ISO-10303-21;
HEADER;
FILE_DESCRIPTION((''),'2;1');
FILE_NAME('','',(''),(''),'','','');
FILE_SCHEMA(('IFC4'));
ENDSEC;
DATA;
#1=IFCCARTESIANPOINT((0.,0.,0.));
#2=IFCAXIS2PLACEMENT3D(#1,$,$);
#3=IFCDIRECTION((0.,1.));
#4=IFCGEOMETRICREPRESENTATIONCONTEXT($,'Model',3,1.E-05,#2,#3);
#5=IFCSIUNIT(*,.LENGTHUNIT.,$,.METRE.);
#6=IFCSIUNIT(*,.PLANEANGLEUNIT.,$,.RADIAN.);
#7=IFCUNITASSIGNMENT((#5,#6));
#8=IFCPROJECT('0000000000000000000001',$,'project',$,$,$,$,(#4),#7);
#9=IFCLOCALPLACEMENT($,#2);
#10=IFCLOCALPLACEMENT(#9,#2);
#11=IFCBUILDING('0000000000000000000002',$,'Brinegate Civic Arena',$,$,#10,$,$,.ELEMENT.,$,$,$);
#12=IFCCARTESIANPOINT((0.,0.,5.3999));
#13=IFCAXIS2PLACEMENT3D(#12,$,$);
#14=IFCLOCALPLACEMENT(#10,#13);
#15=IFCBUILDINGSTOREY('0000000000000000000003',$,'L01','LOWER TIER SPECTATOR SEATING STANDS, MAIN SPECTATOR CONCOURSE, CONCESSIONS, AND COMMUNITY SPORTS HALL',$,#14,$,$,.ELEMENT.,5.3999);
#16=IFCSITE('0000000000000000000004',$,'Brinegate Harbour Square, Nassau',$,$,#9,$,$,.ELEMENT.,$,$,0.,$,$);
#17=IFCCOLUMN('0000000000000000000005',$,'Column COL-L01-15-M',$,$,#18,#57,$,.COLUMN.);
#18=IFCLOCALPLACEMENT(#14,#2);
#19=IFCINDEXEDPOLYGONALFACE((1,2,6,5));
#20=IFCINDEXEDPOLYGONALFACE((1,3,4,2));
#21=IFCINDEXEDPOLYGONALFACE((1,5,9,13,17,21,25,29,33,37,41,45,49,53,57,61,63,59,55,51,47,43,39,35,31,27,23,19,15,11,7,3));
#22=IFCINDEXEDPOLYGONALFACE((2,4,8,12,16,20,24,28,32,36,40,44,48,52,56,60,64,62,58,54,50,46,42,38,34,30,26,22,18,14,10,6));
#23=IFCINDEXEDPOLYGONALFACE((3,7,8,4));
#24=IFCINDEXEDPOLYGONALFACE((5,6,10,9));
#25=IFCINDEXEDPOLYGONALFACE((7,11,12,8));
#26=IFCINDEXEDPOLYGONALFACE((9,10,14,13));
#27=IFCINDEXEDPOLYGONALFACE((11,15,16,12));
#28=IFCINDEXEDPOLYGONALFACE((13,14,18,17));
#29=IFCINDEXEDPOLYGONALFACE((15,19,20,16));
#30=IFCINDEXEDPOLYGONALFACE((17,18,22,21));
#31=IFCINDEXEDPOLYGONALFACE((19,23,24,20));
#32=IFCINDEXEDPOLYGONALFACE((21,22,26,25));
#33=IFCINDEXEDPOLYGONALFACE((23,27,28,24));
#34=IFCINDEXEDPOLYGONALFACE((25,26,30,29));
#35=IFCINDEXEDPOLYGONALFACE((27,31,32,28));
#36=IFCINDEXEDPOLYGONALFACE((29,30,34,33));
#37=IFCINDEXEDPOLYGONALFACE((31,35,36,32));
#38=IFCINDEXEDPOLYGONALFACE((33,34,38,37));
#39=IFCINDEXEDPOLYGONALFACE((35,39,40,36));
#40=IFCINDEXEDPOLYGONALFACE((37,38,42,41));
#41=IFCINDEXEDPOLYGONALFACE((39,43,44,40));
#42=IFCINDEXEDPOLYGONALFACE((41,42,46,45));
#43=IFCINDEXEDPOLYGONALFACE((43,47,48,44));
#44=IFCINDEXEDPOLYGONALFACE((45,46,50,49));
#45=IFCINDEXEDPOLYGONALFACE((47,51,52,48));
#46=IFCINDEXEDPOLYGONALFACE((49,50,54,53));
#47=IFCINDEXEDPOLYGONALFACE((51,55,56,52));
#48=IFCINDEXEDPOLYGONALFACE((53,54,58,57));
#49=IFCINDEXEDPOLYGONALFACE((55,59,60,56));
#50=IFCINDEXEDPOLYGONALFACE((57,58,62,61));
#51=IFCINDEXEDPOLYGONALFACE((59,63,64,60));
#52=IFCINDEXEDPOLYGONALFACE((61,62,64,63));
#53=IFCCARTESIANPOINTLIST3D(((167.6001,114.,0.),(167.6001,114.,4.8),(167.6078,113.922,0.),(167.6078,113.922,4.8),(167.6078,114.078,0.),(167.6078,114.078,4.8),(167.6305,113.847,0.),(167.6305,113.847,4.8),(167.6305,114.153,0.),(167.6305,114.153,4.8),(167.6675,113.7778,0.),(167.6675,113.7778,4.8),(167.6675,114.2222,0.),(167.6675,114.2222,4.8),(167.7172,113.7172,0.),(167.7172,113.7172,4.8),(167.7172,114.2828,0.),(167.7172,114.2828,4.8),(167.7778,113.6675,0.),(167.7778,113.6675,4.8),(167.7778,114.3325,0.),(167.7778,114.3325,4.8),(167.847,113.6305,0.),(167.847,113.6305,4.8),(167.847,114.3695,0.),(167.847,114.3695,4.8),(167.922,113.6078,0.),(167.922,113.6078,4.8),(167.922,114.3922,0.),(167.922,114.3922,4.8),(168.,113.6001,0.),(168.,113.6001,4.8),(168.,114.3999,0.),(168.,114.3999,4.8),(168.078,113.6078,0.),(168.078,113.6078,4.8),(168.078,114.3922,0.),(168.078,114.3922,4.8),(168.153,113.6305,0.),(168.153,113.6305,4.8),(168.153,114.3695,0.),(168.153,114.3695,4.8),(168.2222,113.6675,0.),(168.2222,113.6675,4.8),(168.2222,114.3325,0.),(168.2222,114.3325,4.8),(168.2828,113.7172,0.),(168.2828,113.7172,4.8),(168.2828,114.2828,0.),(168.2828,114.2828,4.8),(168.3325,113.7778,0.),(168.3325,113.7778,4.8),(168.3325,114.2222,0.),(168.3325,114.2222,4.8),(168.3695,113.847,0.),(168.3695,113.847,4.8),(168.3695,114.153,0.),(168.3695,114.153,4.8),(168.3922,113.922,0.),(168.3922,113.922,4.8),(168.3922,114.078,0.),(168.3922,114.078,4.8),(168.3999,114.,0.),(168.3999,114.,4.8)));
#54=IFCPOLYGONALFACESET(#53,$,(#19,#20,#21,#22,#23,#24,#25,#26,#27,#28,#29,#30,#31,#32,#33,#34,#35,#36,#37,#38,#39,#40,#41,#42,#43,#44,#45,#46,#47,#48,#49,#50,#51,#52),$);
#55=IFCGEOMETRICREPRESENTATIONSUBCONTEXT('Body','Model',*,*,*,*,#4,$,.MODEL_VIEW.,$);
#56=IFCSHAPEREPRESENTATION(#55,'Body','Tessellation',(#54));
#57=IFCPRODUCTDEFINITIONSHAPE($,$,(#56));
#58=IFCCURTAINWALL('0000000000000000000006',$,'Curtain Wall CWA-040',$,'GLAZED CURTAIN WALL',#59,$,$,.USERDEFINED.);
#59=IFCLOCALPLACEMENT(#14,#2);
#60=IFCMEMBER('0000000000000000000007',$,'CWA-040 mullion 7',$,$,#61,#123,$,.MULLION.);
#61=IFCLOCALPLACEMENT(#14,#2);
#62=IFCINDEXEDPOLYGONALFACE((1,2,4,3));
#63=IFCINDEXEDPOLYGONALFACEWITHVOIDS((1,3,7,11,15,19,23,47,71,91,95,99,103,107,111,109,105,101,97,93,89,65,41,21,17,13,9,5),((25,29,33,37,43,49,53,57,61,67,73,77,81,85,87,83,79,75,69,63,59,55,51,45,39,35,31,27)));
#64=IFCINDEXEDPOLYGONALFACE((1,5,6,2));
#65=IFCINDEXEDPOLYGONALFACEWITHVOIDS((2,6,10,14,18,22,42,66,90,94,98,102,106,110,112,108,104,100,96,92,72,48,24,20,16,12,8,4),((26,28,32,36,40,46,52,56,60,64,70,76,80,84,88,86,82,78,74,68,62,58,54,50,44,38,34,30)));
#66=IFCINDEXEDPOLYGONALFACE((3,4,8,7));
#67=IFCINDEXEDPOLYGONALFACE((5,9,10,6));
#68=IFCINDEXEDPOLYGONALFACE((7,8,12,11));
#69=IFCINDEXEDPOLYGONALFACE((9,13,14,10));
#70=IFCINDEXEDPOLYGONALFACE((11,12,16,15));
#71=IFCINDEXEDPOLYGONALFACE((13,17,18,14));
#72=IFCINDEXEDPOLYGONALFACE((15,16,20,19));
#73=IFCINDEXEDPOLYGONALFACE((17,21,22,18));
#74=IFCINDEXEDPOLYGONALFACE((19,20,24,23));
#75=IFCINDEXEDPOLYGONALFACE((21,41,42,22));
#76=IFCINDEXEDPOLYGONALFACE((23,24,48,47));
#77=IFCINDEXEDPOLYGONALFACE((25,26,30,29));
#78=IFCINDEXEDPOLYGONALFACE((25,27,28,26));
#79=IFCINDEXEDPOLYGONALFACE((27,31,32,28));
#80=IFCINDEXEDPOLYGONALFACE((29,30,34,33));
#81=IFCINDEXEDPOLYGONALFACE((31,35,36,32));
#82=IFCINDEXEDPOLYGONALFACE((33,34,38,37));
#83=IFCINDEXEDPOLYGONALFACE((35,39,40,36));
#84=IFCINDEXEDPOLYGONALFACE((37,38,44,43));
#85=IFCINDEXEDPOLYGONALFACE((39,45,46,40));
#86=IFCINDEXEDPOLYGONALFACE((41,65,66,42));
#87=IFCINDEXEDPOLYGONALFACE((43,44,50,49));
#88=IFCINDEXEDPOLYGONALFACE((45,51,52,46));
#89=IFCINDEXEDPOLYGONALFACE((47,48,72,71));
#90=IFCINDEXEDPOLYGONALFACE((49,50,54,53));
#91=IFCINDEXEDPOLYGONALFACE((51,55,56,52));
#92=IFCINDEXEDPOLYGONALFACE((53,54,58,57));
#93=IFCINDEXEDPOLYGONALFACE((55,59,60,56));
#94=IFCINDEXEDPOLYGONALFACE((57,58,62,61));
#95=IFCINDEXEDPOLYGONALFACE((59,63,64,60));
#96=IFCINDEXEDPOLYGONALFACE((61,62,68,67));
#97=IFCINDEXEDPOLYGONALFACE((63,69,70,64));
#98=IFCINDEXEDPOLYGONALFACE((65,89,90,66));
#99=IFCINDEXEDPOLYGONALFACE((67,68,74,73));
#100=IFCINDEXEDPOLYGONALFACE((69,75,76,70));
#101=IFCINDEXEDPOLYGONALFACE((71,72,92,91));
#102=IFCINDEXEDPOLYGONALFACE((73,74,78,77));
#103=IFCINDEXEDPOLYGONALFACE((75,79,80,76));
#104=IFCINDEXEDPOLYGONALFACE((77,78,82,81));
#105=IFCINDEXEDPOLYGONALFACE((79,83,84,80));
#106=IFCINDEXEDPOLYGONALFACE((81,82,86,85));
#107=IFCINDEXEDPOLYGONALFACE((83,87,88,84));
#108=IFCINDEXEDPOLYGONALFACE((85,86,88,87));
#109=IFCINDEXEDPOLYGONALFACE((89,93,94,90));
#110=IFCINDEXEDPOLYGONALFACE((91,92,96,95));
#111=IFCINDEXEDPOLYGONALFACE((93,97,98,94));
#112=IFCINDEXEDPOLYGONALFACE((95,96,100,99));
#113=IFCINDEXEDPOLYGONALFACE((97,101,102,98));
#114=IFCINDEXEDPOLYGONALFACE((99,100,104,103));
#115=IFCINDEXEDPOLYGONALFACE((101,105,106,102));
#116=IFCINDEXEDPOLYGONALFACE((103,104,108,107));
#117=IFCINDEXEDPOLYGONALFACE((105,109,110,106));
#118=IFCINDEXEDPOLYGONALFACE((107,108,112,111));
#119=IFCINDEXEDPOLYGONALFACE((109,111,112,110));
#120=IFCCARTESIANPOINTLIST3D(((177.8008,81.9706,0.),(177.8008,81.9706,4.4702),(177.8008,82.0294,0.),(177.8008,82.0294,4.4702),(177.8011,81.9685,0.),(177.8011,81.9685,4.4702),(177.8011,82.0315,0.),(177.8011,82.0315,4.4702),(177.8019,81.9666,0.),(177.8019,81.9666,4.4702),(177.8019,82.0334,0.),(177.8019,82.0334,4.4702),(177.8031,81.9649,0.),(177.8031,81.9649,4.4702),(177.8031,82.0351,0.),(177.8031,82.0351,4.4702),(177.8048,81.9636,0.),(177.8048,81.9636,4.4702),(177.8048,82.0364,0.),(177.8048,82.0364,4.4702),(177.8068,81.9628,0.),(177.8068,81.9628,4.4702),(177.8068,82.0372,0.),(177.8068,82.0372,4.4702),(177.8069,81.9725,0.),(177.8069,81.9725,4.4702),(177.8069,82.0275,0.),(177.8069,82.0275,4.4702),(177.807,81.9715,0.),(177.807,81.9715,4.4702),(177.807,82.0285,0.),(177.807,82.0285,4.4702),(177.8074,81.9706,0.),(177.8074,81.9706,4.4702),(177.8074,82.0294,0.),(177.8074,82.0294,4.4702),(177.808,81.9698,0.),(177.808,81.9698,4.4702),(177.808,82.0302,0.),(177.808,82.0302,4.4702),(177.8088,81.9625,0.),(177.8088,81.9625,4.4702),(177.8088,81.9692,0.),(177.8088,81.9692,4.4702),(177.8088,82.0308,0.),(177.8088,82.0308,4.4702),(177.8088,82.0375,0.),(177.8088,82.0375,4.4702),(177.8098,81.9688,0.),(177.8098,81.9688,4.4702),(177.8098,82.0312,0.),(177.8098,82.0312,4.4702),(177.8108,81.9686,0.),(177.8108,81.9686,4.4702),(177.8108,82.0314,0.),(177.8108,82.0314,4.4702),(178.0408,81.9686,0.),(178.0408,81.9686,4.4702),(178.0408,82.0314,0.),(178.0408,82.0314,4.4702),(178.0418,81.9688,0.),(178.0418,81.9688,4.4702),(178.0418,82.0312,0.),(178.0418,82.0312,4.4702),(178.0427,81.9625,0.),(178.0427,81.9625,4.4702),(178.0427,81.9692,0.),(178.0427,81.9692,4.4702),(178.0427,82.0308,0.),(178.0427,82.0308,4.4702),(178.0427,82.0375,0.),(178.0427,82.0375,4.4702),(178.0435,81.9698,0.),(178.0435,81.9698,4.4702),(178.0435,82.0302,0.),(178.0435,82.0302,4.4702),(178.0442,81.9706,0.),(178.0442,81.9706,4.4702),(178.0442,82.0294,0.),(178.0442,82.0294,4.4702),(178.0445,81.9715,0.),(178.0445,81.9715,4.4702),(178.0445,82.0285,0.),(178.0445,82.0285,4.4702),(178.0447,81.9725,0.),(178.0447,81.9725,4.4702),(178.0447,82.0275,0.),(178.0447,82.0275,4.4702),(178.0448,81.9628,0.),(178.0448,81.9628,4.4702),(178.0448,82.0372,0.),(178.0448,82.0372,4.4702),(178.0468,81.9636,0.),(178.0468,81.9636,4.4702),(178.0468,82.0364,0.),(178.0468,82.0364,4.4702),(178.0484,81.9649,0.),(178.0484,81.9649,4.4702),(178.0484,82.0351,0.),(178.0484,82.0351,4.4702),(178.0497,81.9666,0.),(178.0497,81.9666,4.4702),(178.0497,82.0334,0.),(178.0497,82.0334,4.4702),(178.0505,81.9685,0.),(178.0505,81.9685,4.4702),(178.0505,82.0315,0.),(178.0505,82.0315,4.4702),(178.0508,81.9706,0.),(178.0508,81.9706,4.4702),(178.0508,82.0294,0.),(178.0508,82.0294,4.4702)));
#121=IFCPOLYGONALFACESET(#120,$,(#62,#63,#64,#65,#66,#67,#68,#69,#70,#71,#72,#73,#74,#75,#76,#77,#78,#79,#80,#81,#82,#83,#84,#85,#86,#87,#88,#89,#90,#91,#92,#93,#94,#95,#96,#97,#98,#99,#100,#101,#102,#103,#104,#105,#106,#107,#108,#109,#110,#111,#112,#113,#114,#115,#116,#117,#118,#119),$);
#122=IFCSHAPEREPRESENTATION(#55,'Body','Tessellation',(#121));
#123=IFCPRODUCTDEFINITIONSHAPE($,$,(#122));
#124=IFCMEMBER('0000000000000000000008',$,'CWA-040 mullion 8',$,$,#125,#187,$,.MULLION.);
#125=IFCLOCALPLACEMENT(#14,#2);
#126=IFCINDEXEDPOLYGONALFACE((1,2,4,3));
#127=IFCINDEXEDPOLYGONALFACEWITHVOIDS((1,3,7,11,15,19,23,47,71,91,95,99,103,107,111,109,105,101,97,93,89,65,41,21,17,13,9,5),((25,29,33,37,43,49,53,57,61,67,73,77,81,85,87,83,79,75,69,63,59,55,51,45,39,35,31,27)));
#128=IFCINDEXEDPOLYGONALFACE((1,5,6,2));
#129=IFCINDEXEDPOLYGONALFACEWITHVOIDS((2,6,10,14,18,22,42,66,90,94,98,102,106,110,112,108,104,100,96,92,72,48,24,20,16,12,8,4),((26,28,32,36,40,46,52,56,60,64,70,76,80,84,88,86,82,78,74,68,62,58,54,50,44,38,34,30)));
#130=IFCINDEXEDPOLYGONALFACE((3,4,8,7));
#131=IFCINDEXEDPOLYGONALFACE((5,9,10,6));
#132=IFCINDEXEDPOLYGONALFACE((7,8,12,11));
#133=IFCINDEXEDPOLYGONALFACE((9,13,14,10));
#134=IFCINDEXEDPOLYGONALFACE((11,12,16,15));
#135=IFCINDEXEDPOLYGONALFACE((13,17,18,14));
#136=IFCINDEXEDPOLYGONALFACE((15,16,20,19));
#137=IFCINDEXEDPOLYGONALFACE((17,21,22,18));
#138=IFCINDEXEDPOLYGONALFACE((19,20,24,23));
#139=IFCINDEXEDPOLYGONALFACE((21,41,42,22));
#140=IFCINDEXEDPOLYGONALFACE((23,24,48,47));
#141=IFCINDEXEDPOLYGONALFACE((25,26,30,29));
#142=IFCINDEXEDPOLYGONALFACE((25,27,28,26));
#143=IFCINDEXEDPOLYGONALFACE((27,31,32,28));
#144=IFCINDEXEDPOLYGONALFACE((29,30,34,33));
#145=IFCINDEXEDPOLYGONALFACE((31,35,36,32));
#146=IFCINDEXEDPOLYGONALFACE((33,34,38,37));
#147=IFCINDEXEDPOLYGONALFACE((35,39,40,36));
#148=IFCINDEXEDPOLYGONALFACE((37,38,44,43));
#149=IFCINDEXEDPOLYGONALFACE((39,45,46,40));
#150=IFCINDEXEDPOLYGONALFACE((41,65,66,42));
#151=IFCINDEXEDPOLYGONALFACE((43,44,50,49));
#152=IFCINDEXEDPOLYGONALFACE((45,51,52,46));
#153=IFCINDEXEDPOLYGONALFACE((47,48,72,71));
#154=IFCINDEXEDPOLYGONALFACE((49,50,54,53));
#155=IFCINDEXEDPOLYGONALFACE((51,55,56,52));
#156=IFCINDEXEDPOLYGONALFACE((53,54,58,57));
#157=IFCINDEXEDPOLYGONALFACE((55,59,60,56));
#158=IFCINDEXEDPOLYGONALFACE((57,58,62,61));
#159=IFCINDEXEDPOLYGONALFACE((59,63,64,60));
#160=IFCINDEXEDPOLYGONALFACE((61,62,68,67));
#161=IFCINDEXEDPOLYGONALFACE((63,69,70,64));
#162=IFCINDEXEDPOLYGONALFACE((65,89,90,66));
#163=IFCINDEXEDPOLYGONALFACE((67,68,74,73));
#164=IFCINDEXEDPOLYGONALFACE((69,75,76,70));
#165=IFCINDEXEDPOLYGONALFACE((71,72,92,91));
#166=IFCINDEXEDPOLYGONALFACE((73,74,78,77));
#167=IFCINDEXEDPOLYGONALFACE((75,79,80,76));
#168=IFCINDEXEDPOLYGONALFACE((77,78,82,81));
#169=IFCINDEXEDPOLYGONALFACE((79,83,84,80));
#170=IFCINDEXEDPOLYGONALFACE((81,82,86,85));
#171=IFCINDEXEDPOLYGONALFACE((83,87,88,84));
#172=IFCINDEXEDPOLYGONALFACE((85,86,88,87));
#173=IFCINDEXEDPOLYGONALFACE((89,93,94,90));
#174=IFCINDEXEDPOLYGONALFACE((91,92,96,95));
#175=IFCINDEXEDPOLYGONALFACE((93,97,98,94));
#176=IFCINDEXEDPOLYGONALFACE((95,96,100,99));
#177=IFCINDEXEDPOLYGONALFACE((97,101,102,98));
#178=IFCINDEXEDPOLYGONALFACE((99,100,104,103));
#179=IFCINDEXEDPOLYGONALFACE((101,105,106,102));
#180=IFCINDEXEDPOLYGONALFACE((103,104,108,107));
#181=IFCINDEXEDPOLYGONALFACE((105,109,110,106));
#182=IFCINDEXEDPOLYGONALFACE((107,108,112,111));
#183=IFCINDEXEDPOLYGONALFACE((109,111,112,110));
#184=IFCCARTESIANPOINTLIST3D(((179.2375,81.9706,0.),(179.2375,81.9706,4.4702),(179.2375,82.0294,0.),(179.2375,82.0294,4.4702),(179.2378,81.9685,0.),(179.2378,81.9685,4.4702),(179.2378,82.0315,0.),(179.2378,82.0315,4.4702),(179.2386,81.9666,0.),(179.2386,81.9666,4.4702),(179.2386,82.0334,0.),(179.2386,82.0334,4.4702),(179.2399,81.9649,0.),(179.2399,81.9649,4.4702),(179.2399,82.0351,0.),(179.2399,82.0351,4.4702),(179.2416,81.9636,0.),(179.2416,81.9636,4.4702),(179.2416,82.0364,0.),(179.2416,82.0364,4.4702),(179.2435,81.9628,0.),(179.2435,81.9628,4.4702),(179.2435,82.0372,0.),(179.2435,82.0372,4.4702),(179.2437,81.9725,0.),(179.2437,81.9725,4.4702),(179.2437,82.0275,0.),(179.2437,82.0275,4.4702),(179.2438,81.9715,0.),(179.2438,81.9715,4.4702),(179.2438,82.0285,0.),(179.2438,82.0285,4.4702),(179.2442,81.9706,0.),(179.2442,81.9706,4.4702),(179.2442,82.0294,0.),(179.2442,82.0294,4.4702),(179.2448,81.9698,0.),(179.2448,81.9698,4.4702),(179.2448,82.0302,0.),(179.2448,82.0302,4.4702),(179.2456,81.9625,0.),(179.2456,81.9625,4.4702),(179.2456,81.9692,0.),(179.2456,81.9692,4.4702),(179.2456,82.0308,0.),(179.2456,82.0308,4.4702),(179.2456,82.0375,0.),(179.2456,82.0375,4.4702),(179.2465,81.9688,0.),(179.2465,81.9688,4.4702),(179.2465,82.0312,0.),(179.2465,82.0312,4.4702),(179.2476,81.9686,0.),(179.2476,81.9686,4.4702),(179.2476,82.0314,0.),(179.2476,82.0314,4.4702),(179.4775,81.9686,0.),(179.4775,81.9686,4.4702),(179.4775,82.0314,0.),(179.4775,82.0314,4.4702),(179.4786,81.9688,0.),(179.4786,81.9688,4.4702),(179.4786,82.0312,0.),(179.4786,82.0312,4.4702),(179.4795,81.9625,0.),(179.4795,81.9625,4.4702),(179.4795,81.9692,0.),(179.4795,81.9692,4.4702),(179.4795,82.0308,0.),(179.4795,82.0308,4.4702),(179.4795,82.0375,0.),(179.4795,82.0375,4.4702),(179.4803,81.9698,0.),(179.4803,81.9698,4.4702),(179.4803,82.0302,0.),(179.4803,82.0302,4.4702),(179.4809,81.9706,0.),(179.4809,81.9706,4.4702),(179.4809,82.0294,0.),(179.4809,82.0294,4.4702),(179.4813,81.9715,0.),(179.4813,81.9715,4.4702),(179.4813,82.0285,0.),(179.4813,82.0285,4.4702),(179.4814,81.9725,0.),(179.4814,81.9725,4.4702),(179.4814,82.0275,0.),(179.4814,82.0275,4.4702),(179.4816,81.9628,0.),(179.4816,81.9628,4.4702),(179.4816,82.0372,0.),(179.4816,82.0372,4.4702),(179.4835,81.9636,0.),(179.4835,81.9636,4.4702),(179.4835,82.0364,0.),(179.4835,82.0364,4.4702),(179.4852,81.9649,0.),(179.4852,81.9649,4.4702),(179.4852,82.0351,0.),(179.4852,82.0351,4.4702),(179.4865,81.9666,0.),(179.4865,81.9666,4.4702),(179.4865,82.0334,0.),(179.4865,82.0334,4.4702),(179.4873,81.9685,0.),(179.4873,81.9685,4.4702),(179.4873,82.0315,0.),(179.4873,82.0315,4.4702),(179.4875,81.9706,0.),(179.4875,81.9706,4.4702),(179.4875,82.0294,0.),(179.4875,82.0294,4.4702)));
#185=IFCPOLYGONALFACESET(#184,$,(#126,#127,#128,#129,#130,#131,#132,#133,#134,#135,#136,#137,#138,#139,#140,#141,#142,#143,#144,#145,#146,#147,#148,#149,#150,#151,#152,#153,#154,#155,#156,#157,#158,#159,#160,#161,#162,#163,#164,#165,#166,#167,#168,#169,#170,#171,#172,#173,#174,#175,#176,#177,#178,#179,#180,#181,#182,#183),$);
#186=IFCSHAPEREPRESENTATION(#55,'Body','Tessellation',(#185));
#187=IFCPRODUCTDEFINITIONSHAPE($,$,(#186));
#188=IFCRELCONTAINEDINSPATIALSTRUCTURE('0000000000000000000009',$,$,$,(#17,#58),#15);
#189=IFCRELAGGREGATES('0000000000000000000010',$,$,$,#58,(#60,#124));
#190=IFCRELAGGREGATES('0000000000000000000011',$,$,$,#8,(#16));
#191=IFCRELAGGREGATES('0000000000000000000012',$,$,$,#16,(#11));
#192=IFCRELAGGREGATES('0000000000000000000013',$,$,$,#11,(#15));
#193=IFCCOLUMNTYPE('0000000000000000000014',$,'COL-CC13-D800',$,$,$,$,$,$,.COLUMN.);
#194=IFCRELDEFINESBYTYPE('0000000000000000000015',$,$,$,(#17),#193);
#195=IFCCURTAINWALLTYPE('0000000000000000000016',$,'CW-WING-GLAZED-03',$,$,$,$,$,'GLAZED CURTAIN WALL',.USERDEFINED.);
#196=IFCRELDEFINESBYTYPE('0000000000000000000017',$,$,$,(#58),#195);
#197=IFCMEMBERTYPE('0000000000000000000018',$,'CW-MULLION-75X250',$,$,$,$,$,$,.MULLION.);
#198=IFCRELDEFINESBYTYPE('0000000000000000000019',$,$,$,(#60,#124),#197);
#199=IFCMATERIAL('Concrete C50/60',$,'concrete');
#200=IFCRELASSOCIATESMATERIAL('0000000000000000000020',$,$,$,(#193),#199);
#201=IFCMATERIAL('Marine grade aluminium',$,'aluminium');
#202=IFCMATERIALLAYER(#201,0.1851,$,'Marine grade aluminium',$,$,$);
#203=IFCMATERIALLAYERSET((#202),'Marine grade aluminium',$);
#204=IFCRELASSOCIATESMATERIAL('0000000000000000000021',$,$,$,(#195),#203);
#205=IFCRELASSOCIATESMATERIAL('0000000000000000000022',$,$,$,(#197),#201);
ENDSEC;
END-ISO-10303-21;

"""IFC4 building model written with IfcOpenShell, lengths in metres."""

from ifc_helpers import new_model, si_unit, direction, frame, origin, origin_2d, place, context, subcontext, project, spatial, hollow_rectangle, circle, extrude, material, layer, layer_set, material_profile, profile_set, type_object, element, aggregate, save


model = new_model("IFC4")

# Units and contexts
model_context = context("Model", 3, precision=1e-05, world=origin(), true_north=direction((0.0, 1.0)))
body_context = subcontext(model_context, "Body", "Model", "MODEL_VIEW")
ifc_project = project(units=[si_unit("LENGTHUNIT", "METRE"), si_unit("PLANEANGLEUNIT", "RADIAN")], contexts=[model_context])

# Site, building, storey
site_placement = place(None, origin())
site = spatial("IfcSite", under=ifc_project, at=site_placement, Name="Brinegate Harbour Square, Nassau", CompositionType="ELEMENT", RefElevation=0.0)
building_placement = place(site_placement, origin())
building = spatial("IfcBuilding", under=site, at=building_placement, Name="Brinegate Civic Arena", CompositionType="ELEMENT")
storey_placement = place(building_placement, frame((0.0, 0.0, 5.3999)))
storey = spatial("IfcBuildingStorey", under=building, at=storey_placement, Name="L01", Description="LOWER TIER SPECTATOR SEATING STANDS, MAIN SPECTATOR CONCOURSE, CONCESSIONS, AND COMMUNITY SPORTS HALL", CompositionType="ELEMENT", Elevation=5.3999)

# Column
ifc_material_1 = material(Name="Concrete C50/60", Category="concrete")
ifc_material_profile_1 = material_profile(ifc_material_1, circle(Radius=0.3999, at=origin_2d()), Name="RCD800")
ifc_profile_set_1 = profile_set([ifc_material_profile_1], Name="Concrete C50/60")
column_type = type_object("IfcColumnType", Name="COL-CC13-D800", PredefinedType="COLUMN", material=ifc_profile_set_1)
column_placement = place(storey_placement, frame((168.0, 114.0, 0.0), z_axis=(0.0, 0.0, 1.0), x_axis=(1.0, 0.0, 0.0)))
element("IfcColumn", 1, at=column_placement, inside=storey, type_object=column_type, Name="Column COL-L01-15-M", PredefinedType="COLUMN", context=body_context, shape_type="SweptSolid", body=[
    extrude(circle(Radius=0.3999, at=origin_2d()), origin(), (0.0, 0.0, 1.0), 4.8),
])

# Curtain wall, members
ifc_material_2 = material(Name="Marine grade aluminium", Category="aluminium")
ifc_layer_1 = layer(ifc_material_2, 0.1851, Name="Marine grade aluminium")
ifc_layer_set_1 = layer_set([ifc_layer_1], Name="Marine grade aluminium")
curtain_wall_type_1 = type_object("IfcCurtainWallType", Name="CW-WING-GLAZED-03", ElementType="GLAZED CURTAIN WALL", PredefinedType="USERDEFINED", material=ifc_layer_set_1)
curtain_wall_1_placement = place(storey_placement, origin())
curtain_wall_1 = element("IfcCurtainWall", 2, at=curtain_wall_1_placement, inside=storey, type_object=curtain_wall_type_1, Name="Curtain Wall CWA-040", ObjectType="GLAZED CURTAIN WALL", PredefinedType="USERDEFINED")
ifc_material_profile_2 = material_profile(ifc_material_2, hollow_rectangle(XDim=0.075, YDim=0.25, WallThickness=0.0061, InnerFilletRadius=0.0039, OuterFilletRadius=0.0081, at=origin_2d()), Name="MUL75X250")
ifc_profile_set_2 = profile_set([ifc_material_profile_2], Name="Marine grade aluminium")
member_type_1 = type_object("IfcMemberType", Name="CW-MULLION-75X250", PredefinedType="MULLION", material=ifc_profile_set_2)
member_1_placement = place(storey_placement, frame((177.9258, 82.0, 0.0), z_axis=(0.0, 0.0, 1.0), x_axis=(0.0, 1.0, 0.0)))
member_1 = element("IfcMember", 3, at=member_1_placement, type_object=member_type_1, Name="CWA-040 mullion 7", PredefinedType="MULLION", context=body_context, shape_type="SweptSolid", body=[
    extrude(hollow_rectangle(XDim=0.075, YDim=0.25, WallThickness=0.0061, InnerFilletRadius=0.0039, OuterFilletRadius=0.0081, at=origin_2d()), origin(), (0.0, 0.0, 1.0), 4.4702),
])
member_2_placement = place(storey_placement, frame((179.3625, 82.0, 0.0), z_axis=(0.0, 0.0, 1.0), x_axis=(0.0, 1.0, 0.0)))
member_2 = element("IfcMember", 4, at=member_2_placement, type_object=member_type_1, Name="CWA-040 mullion 8", PredefinedType="MULLION", context=body_context, shape_type="SweptSolid", body=[
    extrude(hollow_rectangle(XDim=0.075, YDim=0.25, WallThickness=0.0061, InnerFilletRadius=0.0039, OuterFilletRadius=0.0081, at=origin_2d()), origin(), (0.0, 0.0, 1.0), 4.4702),
])

aggregate(curtain_wall_1, [member_1, member_2])

save(model, "model.ifc")
